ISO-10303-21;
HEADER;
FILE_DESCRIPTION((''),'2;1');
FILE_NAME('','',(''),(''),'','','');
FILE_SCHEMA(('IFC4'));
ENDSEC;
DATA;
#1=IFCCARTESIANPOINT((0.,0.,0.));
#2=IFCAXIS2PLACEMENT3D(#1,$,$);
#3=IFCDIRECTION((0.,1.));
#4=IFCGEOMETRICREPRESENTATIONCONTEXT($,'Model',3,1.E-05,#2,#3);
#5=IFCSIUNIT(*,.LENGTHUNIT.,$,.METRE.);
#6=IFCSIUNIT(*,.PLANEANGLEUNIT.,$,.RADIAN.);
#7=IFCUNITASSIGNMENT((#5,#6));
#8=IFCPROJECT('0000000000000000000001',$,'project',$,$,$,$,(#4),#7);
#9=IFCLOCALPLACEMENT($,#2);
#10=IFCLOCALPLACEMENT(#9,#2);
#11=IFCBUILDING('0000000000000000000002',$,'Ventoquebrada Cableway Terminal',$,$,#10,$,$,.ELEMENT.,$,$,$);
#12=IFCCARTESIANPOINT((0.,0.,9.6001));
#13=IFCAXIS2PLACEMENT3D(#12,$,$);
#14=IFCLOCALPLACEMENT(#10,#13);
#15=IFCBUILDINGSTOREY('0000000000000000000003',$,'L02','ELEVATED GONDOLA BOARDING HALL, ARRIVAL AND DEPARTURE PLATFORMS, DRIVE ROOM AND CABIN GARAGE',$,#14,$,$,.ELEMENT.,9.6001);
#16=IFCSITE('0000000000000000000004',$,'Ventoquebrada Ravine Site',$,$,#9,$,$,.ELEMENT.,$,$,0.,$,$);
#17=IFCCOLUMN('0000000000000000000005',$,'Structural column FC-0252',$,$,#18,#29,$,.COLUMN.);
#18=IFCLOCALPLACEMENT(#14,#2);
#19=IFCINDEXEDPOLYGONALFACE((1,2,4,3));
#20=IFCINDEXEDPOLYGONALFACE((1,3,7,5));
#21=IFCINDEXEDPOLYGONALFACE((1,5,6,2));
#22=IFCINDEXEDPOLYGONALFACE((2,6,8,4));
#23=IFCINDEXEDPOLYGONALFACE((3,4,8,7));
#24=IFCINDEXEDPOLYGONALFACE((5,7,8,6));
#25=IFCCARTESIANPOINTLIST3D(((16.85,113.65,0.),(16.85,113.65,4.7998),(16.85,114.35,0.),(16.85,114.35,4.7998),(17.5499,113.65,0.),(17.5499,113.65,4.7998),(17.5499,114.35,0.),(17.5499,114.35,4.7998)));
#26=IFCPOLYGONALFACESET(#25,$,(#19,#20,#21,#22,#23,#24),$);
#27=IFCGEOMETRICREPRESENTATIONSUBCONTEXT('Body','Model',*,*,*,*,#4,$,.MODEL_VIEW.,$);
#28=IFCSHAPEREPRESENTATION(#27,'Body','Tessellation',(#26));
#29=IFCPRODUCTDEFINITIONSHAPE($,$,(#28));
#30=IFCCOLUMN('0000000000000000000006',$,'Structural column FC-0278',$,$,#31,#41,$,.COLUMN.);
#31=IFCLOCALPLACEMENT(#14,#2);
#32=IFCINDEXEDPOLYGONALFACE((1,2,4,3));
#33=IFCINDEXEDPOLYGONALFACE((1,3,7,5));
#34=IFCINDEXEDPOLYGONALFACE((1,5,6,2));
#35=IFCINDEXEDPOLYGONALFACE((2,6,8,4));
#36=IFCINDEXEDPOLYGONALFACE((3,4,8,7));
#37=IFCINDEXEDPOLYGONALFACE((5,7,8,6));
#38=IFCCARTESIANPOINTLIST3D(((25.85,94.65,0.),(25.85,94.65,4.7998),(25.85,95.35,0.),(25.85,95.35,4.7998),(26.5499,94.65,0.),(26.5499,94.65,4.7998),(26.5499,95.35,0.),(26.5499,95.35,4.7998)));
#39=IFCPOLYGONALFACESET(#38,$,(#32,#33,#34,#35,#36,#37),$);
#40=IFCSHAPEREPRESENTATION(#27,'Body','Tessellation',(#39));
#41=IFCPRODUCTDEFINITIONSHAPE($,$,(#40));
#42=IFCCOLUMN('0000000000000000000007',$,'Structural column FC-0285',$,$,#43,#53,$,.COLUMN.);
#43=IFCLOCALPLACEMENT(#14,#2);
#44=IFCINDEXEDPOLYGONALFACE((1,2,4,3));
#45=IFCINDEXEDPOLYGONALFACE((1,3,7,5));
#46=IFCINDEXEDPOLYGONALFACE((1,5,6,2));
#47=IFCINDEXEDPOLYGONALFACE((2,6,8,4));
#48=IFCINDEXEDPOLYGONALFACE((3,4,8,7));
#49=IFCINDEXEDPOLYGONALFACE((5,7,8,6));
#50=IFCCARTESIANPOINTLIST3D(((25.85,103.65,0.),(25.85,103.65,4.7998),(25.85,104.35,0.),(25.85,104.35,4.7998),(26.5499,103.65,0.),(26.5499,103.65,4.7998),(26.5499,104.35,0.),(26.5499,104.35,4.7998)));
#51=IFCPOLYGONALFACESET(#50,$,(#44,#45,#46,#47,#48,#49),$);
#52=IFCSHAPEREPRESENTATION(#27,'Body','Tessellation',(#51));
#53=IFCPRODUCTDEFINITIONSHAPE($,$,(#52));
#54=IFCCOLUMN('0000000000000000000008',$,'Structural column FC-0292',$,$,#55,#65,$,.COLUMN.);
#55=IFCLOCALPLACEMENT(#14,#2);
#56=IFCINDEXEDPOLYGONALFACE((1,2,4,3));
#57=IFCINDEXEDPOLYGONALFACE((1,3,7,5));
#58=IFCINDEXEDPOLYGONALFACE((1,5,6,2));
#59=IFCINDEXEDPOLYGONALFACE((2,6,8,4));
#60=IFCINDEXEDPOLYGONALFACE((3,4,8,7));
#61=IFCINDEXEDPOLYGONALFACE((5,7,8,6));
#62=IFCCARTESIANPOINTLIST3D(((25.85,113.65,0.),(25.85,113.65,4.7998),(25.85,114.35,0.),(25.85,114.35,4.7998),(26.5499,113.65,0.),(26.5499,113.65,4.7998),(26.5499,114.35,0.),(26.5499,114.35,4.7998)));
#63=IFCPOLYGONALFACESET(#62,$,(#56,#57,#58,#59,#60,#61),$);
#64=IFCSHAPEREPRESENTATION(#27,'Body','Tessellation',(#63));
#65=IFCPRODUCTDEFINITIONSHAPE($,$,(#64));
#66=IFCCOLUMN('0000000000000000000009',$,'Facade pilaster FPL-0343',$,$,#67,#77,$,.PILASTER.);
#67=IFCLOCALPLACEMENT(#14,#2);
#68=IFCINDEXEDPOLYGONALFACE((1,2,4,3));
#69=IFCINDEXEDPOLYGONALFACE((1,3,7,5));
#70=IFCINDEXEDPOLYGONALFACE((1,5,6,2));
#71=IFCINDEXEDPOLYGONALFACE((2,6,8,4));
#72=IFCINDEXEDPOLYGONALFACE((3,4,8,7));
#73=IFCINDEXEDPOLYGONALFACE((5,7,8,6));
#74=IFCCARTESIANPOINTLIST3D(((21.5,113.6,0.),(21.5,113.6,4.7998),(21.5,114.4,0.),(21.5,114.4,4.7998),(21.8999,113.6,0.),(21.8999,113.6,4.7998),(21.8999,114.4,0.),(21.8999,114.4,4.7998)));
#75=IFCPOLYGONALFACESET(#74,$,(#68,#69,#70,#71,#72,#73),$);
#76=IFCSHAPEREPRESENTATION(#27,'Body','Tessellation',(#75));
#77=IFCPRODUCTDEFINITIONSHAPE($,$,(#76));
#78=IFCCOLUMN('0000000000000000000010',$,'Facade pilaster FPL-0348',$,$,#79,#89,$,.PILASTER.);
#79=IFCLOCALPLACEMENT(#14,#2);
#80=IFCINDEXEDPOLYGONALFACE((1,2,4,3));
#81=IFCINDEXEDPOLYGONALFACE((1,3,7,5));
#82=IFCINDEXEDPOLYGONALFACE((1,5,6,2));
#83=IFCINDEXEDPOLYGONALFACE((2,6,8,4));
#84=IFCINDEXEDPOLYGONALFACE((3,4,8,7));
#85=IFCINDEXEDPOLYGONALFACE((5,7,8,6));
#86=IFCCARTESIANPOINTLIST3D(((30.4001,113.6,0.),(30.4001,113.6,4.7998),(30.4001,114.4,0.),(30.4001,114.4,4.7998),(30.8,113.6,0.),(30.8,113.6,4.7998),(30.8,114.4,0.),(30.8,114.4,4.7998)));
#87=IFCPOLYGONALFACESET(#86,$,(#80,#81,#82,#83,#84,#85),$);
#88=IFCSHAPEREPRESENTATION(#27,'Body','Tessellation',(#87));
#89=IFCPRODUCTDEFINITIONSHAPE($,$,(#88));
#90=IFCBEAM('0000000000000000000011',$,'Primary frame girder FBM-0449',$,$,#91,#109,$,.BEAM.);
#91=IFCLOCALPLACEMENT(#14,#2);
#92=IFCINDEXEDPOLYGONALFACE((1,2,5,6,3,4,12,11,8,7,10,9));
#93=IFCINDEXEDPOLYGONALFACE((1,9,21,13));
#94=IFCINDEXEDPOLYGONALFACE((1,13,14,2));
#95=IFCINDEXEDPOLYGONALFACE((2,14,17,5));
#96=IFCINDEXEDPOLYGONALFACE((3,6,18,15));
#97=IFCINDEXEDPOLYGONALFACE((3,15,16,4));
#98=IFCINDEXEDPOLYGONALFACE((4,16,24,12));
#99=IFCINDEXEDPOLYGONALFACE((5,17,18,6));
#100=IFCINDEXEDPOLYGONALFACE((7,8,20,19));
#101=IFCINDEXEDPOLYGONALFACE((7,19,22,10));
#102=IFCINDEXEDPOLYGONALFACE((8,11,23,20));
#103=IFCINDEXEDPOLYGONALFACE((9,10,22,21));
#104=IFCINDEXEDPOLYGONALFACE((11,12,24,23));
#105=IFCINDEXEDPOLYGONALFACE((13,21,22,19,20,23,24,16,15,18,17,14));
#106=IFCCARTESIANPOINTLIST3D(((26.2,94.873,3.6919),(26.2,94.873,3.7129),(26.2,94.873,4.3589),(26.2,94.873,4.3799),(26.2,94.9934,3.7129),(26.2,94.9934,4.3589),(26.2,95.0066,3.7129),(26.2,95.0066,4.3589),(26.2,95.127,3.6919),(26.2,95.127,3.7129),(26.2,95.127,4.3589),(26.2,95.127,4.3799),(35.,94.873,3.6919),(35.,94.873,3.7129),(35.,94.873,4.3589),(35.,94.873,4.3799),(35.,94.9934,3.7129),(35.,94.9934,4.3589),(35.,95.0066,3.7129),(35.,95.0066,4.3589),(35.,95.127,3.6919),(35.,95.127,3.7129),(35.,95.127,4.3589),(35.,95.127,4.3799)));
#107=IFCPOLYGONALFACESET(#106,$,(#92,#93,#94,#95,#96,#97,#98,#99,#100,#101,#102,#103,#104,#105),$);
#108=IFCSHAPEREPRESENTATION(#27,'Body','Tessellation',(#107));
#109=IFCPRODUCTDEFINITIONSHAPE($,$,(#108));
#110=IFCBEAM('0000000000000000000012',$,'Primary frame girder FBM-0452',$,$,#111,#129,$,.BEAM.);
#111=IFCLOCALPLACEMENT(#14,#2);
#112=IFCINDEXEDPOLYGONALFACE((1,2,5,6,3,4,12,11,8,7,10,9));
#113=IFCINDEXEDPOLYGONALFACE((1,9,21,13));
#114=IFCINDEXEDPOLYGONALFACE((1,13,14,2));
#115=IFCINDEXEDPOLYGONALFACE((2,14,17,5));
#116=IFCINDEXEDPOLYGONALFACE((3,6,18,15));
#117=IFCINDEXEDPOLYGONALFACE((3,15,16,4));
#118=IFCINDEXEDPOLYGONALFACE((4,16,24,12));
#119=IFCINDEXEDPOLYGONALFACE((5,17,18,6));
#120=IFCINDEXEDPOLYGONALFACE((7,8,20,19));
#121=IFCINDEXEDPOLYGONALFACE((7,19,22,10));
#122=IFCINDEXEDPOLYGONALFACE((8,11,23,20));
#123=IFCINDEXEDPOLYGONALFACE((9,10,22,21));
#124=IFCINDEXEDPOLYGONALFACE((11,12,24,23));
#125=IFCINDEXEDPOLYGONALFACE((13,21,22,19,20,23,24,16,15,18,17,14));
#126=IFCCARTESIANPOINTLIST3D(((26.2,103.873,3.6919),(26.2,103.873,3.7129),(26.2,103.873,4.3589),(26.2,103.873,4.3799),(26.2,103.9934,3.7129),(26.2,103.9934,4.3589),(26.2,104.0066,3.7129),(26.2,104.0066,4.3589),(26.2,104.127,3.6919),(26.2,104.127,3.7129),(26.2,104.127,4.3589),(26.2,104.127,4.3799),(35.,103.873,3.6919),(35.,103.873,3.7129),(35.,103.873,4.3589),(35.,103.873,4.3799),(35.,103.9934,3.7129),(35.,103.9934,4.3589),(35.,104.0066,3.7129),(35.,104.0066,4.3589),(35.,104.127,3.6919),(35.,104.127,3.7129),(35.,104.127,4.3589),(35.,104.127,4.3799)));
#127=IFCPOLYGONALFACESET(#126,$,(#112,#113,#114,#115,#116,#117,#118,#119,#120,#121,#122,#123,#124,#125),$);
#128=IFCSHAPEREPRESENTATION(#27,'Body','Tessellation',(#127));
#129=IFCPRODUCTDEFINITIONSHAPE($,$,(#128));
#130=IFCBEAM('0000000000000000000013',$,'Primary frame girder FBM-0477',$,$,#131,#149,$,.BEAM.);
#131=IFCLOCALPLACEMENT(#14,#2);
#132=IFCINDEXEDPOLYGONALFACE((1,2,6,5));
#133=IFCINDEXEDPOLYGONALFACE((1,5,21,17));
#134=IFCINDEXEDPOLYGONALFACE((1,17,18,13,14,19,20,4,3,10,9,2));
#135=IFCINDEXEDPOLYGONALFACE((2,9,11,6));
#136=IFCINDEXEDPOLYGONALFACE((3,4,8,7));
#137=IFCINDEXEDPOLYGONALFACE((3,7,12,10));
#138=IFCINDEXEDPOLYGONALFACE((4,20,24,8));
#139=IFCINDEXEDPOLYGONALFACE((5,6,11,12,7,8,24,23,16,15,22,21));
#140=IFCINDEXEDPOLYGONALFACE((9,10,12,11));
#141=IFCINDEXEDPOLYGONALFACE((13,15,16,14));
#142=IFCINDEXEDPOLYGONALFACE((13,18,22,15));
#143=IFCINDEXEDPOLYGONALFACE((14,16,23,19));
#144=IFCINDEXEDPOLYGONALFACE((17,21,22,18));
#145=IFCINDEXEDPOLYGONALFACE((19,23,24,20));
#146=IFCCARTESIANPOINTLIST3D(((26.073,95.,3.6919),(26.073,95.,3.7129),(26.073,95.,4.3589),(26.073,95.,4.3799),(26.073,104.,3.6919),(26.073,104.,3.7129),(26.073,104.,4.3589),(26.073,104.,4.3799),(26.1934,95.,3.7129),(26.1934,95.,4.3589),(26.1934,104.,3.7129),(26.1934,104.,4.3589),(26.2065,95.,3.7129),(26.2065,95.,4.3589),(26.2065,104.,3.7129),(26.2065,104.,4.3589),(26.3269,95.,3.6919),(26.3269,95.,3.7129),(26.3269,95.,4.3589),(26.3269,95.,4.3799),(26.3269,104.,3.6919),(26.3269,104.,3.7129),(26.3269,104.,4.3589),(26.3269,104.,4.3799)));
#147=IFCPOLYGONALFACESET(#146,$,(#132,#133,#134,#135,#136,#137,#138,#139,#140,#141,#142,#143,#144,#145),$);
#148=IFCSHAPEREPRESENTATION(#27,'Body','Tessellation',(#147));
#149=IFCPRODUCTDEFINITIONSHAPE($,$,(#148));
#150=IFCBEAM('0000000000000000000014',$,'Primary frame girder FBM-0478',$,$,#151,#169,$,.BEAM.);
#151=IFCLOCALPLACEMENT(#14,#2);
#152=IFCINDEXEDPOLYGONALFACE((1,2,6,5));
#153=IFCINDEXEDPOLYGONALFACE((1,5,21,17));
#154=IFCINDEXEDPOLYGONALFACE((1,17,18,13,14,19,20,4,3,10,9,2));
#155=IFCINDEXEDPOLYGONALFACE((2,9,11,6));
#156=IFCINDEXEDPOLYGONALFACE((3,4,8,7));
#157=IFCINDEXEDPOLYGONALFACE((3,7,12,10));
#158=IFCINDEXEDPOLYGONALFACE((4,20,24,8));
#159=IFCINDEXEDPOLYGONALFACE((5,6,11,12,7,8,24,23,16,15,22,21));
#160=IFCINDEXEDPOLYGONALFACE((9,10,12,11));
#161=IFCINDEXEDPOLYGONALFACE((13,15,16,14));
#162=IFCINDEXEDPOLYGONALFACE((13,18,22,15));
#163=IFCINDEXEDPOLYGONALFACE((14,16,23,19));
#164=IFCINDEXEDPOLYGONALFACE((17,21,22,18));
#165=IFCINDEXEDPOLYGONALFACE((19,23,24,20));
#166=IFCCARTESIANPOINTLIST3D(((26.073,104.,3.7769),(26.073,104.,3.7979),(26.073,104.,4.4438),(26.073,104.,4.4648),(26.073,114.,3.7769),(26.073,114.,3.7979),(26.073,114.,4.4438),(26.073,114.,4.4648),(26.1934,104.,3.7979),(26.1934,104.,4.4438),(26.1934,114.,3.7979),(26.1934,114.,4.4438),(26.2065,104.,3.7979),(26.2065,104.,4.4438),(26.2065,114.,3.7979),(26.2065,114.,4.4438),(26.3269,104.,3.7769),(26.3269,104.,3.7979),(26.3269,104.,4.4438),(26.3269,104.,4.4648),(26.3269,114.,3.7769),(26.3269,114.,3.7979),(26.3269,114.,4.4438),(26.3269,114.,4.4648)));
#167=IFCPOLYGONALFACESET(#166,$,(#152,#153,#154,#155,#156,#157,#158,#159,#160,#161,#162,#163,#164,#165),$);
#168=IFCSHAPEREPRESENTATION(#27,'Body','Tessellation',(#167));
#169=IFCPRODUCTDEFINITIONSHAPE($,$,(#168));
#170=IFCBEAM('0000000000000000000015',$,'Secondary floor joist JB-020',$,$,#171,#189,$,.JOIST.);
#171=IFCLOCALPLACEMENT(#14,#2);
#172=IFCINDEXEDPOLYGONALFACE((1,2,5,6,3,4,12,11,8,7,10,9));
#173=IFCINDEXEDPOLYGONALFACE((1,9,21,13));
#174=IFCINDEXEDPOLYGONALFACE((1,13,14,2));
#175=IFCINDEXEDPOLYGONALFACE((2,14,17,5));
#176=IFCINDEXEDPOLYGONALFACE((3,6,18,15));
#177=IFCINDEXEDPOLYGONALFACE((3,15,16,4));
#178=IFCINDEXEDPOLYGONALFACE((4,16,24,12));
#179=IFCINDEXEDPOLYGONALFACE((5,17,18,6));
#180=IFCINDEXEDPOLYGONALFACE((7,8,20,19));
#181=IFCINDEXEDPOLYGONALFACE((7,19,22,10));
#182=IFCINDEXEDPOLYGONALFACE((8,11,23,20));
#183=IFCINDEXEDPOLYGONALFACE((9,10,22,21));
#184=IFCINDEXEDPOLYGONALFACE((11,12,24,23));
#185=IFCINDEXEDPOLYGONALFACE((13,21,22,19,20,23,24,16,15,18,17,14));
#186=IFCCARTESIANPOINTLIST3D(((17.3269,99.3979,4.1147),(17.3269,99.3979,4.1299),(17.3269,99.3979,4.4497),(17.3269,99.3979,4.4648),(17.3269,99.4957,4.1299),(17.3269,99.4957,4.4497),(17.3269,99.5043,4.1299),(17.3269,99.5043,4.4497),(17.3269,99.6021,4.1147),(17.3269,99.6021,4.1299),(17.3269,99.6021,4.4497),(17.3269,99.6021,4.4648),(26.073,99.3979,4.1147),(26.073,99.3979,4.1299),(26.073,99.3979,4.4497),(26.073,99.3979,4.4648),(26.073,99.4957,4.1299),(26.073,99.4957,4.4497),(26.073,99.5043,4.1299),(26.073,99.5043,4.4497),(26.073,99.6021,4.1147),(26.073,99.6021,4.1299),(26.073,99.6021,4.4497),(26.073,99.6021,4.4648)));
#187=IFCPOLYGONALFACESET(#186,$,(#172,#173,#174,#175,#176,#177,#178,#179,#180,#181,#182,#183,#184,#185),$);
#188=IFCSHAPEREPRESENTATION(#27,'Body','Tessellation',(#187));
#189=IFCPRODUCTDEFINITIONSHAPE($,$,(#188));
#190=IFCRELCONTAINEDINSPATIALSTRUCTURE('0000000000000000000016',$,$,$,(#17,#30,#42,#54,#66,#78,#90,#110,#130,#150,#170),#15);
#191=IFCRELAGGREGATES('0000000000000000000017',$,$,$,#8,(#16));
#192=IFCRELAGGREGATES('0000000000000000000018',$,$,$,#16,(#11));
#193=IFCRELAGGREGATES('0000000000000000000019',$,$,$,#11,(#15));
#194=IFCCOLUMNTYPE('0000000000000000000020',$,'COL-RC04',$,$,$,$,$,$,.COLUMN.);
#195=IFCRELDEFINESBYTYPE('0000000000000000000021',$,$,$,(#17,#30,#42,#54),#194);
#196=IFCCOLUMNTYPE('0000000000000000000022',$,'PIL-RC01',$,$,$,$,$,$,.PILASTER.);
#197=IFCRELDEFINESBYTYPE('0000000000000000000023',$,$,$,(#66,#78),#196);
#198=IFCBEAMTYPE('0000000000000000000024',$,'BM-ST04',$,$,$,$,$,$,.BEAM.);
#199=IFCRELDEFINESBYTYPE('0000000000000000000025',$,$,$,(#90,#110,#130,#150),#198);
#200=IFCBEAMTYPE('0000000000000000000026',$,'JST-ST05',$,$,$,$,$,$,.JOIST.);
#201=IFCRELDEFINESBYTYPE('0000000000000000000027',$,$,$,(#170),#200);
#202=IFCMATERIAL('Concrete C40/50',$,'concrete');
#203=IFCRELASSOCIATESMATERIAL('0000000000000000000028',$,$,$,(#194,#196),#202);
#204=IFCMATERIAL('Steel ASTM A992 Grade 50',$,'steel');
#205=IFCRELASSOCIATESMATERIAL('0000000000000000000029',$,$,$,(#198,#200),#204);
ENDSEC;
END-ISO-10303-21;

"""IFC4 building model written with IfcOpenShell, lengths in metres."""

from ifc_helpers import new_model, si_unit, direction, frame, origin, origin_2d, place, context, subcontext, project, spatial, rectangle, i_section, extrude, material, material_profile, profile_set, type_object, element, save


model = new_model("IFC4")

# Units and contexts
model_context = context("Model", 3, precision=1e-05, world=origin(), true_north=direction((0.0, 1.0)))
body_context = subcontext(model_context, "Body", "Model", "MODEL_VIEW")
ifc_project = project(units=[si_unit("LENGTHUNIT", "METRE"), si_unit("PLANEANGLEUNIT", "RADIAN")], contexts=[model_context])

# Site, building, storey
site_placement = place(None, origin())
site = spatial("IfcSite", under=ifc_project, at=site_placement, Name="Ventoquebrada Ravine Site", CompositionType="ELEMENT", RefElevation=0.0)
building_placement = place(site_placement, origin())
building = spatial("IfcBuilding", under=site, at=building_placement, Name="Ventoquebrada Cableway Terminal", CompositionType="ELEMENT")
storey_placement = place(building_placement, frame((0.0, 0.0, 9.6001)))
storey = spatial("IfcBuildingStorey", under=building, at=storey_placement, Name="L02", Description="ELEVATED GONDOLA BOARDING HALL, ARRIVAL AND DEPARTURE PLATFORMS, DRIVE ROOM AND CABIN GARAGE", CompositionType="ELEMENT", Elevation=9.6001)

# Columns
ifc_material_1 = material(Name="Concrete C40/50", Category="concrete")
ifc_material_profile_1 = material_profile(ifc_material_1, rectangle(XDim=0.7, YDim=0.7, at=origin_2d()), Name="RC-COL-700X700")
ifc_profile_set_1 = profile_set([ifc_material_profile_1], Name="Concrete C40/50")
column_type_1 = type_object("IfcColumnType", Name="COL-RC04", PredefinedType="COLUMN", material=ifc_profile_set_1)
for number, where, z_axis, x_axis, name in (
    (1, (17.2, 114.0, 0.0), (0.0, 0.0, 1.0), (1.0, 0.0, 0.0), "Structural column FC-0252"),
    (2, (26.2, 95.0, 0.0), (0.0, 0.0, 1.0), (1.0, 0.0, 0.0), "Structural column FC-0278"),
    (3, (26.2, 104.0, 0.0), (0.0, 0.0, 1.0), (1.0, 0.0, 0.0), "Structural column FC-0285"),
    (4, (26.2, 114.0, 0.0), (0.0, 0.0, 1.0), (1.0, 0.0, 0.0), "Structural column FC-0292"),
):
    element("IfcColumn", number, at=place(storey_placement, frame(where, z_axis=z_axis, x_axis=x_axis)), inside=storey, type_object=column_type_1, Name=name, PredefinedType="COLUMN", context=body_context, shape_type="SweptSolid", body=[
        extrude(rectangle(XDim=0.7, YDim=0.7, at=origin_2d()), origin(), (0.0, 0.0, 1.0), 4.7998),
    ])
ifc_material_profile_2 = material_profile(ifc_material_1, rectangle(XDim=0.3999, YDim=0.8, at=origin_2d()), Name="RC-PIL-400X800")
ifc_profile_set_2 = profile_set([ifc_material_profile_2], Name="Concrete C40/50")
column_type_2 = type_object("IfcColumnType", Name="PIL-RC01", PredefinedType="PILASTER", material=ifc_profile_set_2)
for number, where, z_axis, x_axis, name in (
    (5, (21.7, 114.0, 0.0), (0.0, 0.0, 1.0), (1.0, 0.0, 0.0), "Facade pilaster FPL-0343"),
    (6, (30.6001, 114.0, 0.0), (0.0, 0.0, 1.0), (1.0, 0.0, 0.0), "Facade pilaster FPL-0348"),
):
    element("IfcColumn", number, at=place(storey_placement, frame(where, z_axis=z_axis, x_axis=x_axis)), inside=storey, type_object=column_type_2, Name=name, PredefinedType="PILASTER", context=body_context, shape_type="SweptSolid", body=[
        extrude(rectangle(XDim=0.3999, YDim=0.8, at=origin_2d()), origin(), (0.0, 0.0, 1.0), 4.7998),
    ])

# Beams
ifc_material_2 = material(Name="Steel ASTM A992 Grade 50", Category="steel")
ifc_material_profile_3 = material_profile(ifc_material_2, i_section(OverallWidth=0.2539, OverallDepth=0.688, WebThickness=0.0132, FlangeThickness=0.021, at=origin_2d()), Name="W27X102")
ifc_profile_set_3 = profile_set([ifc_material_profile_3], Name="Steel ASTM A992 Grade 50")
beam_type_1 = type_object("IfcBeamType", Name="BM-ST04", PredefinedType="BEAM", material=ifc_profile_set_3)
for number, where, z_axis, x_axis, name in (
    (7, (26.2, 95.0, 4.0359), (1.0, 0.0, 0.0), (0.0, 1.0, 0.0), "Primary frame girder FBM-0449"),
    (8, (26.2, 104.0, 4.0359), (1.0, 0.0, 0.0), (0.0, 1.0, 0.0), "Primary frame girder FBM-0452"),
):
    element("IfcBeam", number, at=place(storey_placement, frame(where, z_axis=z_axis, x_axis=x_axis)), inside=storey, type_object=beam_type_1, Name=name, PredefinedType="BEAM", context=body_context, shape_type="SweptSolid", body=[
        extrude(i_section(OverallWidth=0.2539, OverallDepth=0.688, WebThickness=0.0132, FlangeThickness=0.021, at=origin_2d()), origin(), (0.0, 0.0, 1.0), 8.8),
    ])
beam_1_placement = place(storey_placement, frame((26.2, 95.0, 4.0359), z_axis=(0.0, 1.0, 0.0), x_axis=(-1.0, 0.0, 0.0)))
element("IfcBeam", 9, at=beam_1_placement, inside=storey, type_object=beam_type_1, Name="Primary frame girder FBM-0477", PredefinedType="BEAM", context=body_context, shape_type="SweptSolid", body=[
    extrude(i_section(OverallWidth=0.2539, OverallDepth=0.688, WebThickness=0.0132, FlangeThickness=0.021, at=origin_2d()), origin(), (0.0, 0.0, 1.0), 9.0),
])
beam_2_placement = place(storey_placement, frame((26.2, 104.0, 4.1208), z_axis=(0.0, 1.0, 0.0), x_axis=(-1.0, 0.0, 0.0)))
element("IfcBeam", 10, at=beam_2_placement, inside=storey, type_object=beam_type_1, Name="Primary frame girder FBM-0478", PredefinedType="BEAM", context=body_context, shape_type="SweptSolid", body=[
    extrude(i_section(OverallWidth=0.2539, OverallDepth=0.688, WebThickness=0.0132, FlangeThickness=0.021, at=origin_2d()), origin(), (0.0, 0.0, 1.0), 10.0),
])
ifc_material_profile_4 = material_profile(ifc_material_2, i_section(OverallWidth=0.2041, OverallDepth=0.3501, WebThickness=0.0085, FlangeThickness=0.0151, at=origin_2d()), Name="W14X48")
ifc_profile_set_4 = profile_set([ifc_material_profile_4], Name="Steel ASTM A992 Grade 50")
beam_type_2 = type_object("IfcBeamType", Name="JST-ST05", PredefinedType="JOIST", material=ifc_profile_set_4)
for number, where, z_axis, x_axis, name in (
    (11, (17.3269, 99.5, 4.2898), (1.0, 0.0, 0.0), (0.0, 1.0, 0.0), "Secondary floor joist JB-020"),
):
    element("IfcBeam", number, at=place(storey_placement, frame(where, z_axis=z_axis, x_axis=x_axis)), inside=storey, type_object=beam_type_2, Name=name, PredefinedType="JOIST", context=body_context, shape_type="SweptSolid", body=[
        extrude(i_section(OverallWidth=0.2041, OverallDepth=0.3501, WebThickness=0.0085, FlangeThickness=0.0151, at=origin_2d()), origin(), (0.0, 0.0, 1.0), 8.7461),
    ])

save(model, "model.ifc")
